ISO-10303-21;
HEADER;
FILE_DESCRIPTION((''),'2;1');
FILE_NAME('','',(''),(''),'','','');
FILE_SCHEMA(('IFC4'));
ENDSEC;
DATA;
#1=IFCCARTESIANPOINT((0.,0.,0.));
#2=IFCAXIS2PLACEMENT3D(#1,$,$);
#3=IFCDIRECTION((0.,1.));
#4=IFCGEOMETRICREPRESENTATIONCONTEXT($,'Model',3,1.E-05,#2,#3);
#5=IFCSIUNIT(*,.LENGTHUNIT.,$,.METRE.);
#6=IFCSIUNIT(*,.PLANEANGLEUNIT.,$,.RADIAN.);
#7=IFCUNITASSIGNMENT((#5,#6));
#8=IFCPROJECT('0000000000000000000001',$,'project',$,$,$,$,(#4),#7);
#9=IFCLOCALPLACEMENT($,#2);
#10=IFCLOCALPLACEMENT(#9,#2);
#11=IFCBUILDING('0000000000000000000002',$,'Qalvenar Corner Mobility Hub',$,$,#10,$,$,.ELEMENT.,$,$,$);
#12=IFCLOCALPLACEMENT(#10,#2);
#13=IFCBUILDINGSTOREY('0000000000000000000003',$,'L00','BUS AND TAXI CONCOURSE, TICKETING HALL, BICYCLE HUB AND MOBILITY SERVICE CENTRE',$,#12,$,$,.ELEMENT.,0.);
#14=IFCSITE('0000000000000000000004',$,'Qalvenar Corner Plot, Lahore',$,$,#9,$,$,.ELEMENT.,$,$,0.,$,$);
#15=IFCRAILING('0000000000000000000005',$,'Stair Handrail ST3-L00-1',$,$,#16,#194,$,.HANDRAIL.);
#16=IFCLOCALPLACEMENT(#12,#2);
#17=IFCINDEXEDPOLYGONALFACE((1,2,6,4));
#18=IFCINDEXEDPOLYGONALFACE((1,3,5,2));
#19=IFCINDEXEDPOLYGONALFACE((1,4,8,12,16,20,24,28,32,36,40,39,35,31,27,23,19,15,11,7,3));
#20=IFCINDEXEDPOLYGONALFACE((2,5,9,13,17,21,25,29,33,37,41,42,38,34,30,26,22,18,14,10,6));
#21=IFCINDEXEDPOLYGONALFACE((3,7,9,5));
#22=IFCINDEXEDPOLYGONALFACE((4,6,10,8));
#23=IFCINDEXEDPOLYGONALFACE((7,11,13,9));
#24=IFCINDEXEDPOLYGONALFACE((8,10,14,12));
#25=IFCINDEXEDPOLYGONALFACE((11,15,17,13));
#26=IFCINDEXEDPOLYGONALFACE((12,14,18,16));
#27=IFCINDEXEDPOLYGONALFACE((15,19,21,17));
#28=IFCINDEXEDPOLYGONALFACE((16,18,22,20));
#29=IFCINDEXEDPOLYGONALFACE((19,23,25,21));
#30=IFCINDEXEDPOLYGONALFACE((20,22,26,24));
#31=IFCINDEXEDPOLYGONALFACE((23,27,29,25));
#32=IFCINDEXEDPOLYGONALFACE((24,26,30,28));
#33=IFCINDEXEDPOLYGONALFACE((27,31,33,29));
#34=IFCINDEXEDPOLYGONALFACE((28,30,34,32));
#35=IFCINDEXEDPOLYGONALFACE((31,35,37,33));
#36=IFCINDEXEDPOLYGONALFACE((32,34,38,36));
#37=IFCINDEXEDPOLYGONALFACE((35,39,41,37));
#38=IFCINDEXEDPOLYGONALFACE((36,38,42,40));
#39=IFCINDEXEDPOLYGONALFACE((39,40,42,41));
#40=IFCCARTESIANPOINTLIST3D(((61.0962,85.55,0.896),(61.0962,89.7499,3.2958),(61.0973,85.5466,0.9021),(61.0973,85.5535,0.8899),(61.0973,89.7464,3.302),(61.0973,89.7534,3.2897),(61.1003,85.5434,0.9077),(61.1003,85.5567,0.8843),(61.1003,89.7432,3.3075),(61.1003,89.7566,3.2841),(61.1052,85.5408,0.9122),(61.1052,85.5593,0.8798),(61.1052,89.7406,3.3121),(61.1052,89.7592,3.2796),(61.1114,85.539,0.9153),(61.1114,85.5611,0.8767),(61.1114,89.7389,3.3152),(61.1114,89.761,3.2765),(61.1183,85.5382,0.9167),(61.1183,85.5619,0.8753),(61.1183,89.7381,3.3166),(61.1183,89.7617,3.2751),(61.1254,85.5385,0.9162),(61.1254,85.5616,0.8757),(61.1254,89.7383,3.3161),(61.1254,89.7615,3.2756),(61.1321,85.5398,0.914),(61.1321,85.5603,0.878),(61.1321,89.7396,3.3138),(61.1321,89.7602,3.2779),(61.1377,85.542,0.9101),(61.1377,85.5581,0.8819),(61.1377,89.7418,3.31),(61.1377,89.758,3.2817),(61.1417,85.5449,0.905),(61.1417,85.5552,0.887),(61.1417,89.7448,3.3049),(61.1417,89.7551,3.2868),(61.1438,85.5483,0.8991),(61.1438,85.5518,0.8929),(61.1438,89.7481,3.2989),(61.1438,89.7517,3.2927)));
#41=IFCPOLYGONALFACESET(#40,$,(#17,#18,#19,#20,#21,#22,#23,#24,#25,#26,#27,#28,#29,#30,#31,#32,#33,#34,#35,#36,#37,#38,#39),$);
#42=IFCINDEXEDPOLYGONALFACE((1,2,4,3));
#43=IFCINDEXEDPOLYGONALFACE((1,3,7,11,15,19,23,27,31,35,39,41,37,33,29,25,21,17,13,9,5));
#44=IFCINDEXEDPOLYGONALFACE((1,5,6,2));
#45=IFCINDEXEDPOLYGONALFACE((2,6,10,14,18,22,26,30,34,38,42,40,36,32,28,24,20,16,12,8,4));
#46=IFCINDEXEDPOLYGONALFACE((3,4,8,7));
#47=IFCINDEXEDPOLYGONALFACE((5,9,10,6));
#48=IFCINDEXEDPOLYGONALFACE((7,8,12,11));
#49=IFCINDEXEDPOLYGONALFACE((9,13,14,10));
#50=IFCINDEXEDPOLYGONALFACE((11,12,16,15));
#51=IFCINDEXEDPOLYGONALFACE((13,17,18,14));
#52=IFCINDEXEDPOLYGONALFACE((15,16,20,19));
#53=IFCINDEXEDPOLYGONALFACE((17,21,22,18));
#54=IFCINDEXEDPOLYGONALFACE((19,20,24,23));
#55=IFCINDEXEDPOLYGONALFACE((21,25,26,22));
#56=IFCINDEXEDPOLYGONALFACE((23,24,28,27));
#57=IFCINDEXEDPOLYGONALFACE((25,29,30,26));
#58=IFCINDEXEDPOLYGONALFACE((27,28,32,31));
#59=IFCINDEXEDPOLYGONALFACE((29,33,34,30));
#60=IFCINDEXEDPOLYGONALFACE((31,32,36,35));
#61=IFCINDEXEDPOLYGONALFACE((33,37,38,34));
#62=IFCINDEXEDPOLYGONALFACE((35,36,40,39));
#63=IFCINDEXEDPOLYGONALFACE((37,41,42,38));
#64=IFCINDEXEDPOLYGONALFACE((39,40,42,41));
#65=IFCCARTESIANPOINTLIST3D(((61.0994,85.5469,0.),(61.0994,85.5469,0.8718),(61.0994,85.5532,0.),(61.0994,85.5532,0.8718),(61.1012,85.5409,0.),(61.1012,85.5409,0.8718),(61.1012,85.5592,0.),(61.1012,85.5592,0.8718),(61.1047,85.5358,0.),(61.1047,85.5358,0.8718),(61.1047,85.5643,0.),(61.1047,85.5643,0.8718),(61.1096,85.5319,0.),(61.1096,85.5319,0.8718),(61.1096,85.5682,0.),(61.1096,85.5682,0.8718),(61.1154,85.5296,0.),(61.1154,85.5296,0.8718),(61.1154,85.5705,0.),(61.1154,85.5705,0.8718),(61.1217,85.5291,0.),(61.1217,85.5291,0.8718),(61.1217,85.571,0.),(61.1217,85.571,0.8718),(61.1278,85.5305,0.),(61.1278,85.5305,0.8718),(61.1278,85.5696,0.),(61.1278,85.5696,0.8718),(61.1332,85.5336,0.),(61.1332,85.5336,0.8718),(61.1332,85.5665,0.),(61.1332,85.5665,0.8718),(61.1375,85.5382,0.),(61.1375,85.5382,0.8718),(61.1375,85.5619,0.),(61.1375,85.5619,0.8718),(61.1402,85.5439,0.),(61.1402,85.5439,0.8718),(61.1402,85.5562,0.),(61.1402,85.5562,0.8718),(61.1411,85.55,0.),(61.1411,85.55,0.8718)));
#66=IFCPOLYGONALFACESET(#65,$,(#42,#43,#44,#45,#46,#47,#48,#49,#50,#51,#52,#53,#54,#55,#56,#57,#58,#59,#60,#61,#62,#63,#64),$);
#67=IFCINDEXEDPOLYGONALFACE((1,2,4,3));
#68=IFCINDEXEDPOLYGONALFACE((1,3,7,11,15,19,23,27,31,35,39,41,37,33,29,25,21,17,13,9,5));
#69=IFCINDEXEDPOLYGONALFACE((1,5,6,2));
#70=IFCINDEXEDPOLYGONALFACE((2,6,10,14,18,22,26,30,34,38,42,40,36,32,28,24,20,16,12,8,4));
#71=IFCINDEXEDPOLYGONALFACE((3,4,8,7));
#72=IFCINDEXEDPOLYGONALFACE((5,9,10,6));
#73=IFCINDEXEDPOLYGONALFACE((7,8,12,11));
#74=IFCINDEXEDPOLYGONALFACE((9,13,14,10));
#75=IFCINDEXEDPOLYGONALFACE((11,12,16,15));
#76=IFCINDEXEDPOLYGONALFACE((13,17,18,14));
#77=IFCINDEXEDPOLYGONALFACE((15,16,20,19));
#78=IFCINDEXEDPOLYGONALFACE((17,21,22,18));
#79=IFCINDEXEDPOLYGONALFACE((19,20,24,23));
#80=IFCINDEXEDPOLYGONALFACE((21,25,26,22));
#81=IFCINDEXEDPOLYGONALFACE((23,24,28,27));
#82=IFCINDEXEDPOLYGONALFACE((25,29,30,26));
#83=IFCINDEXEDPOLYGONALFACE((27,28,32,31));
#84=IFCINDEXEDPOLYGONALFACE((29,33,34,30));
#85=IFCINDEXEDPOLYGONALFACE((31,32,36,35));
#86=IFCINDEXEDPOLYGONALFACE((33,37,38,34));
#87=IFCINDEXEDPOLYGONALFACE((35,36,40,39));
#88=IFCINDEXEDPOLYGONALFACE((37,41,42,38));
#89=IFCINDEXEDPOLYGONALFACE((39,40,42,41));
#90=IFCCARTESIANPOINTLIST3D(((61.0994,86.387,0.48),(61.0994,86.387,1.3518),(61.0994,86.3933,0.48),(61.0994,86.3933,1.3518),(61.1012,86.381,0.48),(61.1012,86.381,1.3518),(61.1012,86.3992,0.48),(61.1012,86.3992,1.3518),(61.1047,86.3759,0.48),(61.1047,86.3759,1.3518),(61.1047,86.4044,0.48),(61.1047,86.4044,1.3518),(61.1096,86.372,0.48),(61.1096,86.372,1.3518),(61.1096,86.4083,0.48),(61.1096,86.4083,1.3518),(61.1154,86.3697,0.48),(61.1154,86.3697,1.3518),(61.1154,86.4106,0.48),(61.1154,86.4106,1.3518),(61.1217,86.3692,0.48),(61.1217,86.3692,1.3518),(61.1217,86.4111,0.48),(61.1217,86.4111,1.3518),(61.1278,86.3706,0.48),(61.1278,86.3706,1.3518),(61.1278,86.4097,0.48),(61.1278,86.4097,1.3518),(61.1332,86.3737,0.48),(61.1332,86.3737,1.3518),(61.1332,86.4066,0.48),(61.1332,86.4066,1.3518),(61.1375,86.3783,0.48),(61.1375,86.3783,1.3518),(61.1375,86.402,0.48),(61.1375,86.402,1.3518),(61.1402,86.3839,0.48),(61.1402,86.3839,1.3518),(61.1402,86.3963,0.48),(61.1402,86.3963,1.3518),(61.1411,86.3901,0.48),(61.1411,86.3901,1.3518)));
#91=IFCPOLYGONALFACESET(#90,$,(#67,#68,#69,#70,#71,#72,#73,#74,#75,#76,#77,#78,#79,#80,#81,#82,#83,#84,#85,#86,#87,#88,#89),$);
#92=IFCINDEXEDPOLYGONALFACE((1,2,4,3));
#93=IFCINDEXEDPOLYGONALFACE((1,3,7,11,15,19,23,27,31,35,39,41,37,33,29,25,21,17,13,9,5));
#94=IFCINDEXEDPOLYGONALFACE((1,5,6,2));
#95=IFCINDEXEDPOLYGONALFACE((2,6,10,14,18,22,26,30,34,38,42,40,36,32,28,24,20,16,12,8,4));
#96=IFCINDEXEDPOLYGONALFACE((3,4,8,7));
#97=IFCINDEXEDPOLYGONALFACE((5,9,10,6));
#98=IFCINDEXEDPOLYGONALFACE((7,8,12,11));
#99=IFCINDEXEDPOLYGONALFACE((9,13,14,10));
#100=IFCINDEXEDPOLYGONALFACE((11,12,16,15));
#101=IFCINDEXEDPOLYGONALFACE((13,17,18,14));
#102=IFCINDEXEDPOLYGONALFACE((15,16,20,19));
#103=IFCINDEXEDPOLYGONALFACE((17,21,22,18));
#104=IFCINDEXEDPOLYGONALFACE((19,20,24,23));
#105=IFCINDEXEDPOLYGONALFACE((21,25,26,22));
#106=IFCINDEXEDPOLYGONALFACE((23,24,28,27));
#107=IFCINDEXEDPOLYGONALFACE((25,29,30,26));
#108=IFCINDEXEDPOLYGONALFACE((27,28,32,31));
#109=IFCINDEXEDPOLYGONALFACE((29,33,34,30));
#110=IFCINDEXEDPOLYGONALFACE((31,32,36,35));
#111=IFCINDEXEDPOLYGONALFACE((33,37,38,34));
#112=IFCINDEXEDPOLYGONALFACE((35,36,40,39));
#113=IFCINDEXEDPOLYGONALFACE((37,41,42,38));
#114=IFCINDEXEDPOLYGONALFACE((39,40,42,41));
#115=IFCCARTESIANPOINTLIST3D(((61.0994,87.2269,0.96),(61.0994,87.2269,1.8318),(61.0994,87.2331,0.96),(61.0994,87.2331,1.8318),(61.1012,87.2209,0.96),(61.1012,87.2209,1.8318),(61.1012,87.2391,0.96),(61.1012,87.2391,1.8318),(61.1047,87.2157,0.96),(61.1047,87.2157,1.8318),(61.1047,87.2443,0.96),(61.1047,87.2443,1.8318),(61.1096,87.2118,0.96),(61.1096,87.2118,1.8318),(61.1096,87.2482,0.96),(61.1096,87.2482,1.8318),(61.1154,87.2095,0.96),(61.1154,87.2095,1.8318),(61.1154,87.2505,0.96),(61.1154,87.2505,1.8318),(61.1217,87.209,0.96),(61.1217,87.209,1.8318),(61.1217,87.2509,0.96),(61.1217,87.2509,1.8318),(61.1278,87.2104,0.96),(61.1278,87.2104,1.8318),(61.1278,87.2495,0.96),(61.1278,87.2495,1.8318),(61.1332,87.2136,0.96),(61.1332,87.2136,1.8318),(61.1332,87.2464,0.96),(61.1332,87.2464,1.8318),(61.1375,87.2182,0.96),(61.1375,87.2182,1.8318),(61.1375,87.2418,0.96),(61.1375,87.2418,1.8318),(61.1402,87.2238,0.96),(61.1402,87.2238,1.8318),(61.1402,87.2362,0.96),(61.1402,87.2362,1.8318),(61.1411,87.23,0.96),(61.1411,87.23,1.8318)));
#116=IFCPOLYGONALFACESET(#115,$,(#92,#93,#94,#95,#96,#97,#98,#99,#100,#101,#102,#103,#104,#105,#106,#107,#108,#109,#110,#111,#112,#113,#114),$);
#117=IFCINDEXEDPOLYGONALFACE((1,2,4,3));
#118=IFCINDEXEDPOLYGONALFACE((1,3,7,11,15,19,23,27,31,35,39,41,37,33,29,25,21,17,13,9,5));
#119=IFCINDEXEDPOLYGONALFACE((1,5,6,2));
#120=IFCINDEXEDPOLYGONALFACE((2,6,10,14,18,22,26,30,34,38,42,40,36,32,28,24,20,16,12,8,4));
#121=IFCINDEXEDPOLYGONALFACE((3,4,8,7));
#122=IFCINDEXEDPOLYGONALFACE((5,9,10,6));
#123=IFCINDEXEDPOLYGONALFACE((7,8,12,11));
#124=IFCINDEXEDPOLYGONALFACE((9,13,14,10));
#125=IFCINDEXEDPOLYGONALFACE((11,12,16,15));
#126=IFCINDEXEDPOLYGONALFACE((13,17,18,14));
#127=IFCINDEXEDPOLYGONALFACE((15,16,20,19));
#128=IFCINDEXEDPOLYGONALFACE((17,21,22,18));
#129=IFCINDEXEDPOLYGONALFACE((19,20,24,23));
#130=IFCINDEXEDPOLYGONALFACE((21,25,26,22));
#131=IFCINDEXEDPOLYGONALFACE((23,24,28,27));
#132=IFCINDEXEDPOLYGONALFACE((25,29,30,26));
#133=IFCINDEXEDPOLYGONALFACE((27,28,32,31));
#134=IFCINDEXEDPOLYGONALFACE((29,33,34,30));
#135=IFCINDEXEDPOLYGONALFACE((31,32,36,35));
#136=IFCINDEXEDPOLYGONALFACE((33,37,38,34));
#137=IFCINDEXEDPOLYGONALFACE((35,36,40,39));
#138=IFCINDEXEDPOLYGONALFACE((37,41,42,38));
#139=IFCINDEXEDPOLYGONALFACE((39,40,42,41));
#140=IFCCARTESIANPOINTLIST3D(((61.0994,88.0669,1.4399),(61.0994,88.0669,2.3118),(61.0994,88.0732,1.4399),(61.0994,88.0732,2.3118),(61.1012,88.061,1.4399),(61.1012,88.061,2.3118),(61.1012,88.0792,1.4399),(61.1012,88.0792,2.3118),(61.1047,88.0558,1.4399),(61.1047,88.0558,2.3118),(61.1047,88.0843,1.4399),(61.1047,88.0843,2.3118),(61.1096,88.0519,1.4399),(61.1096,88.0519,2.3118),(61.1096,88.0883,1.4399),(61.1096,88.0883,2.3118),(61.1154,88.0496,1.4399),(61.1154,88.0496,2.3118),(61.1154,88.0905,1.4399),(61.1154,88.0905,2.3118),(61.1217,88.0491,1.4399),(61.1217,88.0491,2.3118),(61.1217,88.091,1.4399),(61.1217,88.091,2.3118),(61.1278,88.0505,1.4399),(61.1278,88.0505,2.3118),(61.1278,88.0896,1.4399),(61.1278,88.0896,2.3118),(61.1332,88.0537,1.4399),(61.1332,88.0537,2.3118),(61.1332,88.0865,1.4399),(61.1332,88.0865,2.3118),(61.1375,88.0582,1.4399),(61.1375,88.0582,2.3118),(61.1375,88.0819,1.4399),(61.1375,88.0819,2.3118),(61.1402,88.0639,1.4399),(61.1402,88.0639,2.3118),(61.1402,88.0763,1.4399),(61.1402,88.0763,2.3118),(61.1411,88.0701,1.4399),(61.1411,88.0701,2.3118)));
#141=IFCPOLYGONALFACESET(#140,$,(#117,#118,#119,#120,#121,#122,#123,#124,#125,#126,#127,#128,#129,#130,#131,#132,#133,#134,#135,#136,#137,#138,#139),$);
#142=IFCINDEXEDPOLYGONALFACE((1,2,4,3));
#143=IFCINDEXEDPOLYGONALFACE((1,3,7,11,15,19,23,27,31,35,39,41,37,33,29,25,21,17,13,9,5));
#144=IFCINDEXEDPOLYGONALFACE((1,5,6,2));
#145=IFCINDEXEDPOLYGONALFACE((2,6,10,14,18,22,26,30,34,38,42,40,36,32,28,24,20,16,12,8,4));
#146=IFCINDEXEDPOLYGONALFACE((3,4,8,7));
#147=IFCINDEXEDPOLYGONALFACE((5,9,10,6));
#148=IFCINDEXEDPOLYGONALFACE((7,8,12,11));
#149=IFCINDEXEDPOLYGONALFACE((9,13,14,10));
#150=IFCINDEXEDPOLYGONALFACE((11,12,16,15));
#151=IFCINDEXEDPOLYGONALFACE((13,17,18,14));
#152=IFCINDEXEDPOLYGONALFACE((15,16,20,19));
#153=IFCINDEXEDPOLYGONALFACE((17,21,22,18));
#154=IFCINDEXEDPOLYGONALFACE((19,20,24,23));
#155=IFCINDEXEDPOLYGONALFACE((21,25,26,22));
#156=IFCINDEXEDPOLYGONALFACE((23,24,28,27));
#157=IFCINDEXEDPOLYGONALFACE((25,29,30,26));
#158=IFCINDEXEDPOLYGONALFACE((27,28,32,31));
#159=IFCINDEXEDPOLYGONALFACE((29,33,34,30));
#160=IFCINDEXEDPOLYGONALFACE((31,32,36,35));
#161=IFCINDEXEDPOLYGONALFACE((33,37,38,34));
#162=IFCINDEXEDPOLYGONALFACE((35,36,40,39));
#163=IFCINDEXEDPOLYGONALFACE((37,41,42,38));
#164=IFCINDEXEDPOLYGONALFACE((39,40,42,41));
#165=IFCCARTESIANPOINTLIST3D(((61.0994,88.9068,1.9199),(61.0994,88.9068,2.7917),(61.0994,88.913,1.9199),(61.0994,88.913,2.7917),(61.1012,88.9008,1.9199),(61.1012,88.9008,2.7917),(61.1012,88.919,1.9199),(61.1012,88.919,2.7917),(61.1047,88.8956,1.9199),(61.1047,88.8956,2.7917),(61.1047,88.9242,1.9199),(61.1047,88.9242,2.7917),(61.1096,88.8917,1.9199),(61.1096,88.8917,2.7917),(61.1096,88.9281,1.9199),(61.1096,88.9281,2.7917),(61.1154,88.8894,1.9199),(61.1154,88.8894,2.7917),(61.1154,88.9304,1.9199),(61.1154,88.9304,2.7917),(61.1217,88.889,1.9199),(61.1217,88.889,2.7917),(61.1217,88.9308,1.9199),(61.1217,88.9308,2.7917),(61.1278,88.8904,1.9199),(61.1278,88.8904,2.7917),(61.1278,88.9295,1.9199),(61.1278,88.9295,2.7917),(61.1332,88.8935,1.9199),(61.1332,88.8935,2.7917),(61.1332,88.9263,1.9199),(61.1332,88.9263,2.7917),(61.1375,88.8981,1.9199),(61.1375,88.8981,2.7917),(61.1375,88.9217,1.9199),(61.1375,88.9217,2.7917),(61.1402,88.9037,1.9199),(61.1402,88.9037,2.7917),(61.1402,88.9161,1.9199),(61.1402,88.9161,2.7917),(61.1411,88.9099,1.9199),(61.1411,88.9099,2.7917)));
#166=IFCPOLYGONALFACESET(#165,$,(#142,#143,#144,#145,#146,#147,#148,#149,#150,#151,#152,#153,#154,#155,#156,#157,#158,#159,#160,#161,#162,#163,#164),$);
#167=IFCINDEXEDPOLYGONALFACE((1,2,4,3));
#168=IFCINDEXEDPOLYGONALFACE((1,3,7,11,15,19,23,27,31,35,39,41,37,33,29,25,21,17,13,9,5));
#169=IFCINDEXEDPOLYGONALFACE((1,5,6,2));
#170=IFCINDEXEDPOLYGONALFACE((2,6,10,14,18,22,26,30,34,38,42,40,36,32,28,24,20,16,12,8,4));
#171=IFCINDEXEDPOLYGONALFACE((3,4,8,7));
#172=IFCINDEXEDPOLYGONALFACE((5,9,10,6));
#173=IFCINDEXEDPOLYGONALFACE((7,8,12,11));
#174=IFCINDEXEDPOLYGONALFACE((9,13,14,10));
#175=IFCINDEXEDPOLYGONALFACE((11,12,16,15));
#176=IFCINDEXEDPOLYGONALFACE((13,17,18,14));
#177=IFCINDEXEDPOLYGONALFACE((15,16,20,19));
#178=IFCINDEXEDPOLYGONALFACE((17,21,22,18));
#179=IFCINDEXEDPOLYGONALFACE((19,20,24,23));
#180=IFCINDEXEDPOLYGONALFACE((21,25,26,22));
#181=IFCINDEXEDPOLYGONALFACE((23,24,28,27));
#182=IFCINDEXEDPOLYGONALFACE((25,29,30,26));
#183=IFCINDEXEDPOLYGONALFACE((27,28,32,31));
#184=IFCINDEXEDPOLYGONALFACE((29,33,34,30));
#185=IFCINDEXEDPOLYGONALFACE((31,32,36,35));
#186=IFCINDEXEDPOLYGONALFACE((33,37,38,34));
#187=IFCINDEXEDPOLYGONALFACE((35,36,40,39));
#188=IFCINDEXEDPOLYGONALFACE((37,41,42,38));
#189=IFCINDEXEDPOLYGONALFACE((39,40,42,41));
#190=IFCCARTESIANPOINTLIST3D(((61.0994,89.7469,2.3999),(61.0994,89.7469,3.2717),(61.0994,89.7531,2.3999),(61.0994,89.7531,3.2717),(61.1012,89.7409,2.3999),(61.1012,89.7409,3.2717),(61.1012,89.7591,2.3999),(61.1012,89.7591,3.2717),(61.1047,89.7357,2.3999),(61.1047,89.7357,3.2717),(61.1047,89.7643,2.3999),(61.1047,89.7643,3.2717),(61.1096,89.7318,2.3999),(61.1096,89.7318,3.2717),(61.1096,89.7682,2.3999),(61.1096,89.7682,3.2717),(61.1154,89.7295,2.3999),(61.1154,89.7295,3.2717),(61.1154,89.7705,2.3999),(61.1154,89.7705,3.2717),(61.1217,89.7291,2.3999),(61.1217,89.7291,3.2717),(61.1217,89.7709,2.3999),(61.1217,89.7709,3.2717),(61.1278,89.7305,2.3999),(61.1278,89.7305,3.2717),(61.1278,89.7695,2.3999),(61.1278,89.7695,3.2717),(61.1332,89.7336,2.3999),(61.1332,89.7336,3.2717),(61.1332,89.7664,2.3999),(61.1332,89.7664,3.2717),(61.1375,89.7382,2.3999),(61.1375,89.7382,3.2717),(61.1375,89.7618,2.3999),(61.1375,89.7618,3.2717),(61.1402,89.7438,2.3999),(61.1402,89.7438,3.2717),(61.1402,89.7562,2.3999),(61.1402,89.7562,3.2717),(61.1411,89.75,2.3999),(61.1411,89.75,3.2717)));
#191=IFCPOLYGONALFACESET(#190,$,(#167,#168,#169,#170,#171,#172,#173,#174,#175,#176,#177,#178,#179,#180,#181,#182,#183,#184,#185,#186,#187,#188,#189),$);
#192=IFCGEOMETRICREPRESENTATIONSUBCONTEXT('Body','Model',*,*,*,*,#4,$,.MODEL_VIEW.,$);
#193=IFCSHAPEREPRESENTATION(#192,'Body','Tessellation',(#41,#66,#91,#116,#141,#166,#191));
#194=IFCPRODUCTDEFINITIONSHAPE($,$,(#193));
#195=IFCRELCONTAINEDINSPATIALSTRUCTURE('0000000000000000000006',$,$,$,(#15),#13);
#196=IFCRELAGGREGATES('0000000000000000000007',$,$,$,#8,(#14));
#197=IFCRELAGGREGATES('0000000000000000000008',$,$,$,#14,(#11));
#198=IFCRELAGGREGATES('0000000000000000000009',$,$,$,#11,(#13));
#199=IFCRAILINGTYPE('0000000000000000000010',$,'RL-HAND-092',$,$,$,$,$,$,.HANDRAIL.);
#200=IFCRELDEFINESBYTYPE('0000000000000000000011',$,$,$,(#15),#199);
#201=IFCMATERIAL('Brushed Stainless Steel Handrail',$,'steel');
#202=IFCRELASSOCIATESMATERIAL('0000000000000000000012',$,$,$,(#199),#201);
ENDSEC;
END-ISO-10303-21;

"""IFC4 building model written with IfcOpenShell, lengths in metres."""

from ifc_helpers import new_model, si_unit, direction, frame, origin, origin_2d, place, context, subcontext, project, spatial, circle, extrude, material, type_object, element, save


model = new_model("IFC4")

# Units and contexts
model_context = context("Model", 3, precision=1e-05, world=origin(), true_north=direction((0.0, 1.0)))
body_context = subcontext(model_context, "Body", "Model", "MODEL_VIEW")
ifc_project = project(units=[si_unit("LENGTHUNIT", "METRE"), si_unit("PLANEANGLEUNIT", "RADIAN")], contexts=[model_context])

# Site, building, storey
site_placement = place(None, origin())
site = spatial("IfcSite", under=ifc_project, at=site_placement, Name="Qalvenar Corner Plot, Lahore", CompositionType="ELEMENT", RefElevation=0.0)
building_placement = place(site_placement, origin())
building = spatial("IfcBuilding", under=site, at=building_placement, Name="Qalvenar Corner Mobility Hub", CompositionType="ELEMENT")
storey_placement = place(building_placement, origin())
storey = spatial("IfcBuildingStorey", under=building, at=storey_placement, Name="L00", Description="BUS AND TAXI CONCOURSE, TICKETING HALL, BICYCLE HUB AND MOBILITY SERVICE CENTRE", CompositionType="ELEMENT", Elevation=0.0)

# Railing
ifc_material_1 = material(Name="Brushed Stainless Steel Handrail", Category="steel")
railing_type_1 = type_object("IfcRailingType", Name="RL-HAND-092", PredefinedType="HANDRAIL", material=ifc_material_1)
railing_1_placement = place(storey_placement, frame((61.1201, 85.55, 0.0)))
element("IfcRailing", 1, at=railing_1_placement, inside=storey, type_object=railing_type_1, Name="Stair Handrail ST3-L00-1", PredefinedType="HANDRAIL", context=body_context, shape_type="SweptSolid", body=[
    extrude(circle(Radius=0.0239, at=origin_2d()), frame((0.0, 0.0, 0.896), z_axis=(0.0, 0.868249, 0.496128), x_axis=(-1.0, 0.0, 0.0)), (0.0, 0.0, 1.0), 4.8372),
    extrude(circle(Radius=0.021, at=origin_2d()), origin(), (0.0, 0.0, 1.0), 0.8718),
    extrude(circle(Radius=0.021, at=origin_2d()), frame((0.0, 0.8401, 0.48)), (0.0, 0.0, 1.0), 0.8718),
    extrude(circle(Radius=0.021, at=origin_2d()), frame((0.0, 1.6799, 0.96)), (0.0, 0.0, 1.0), 0.8718),
    extrude(circle(Radius=0.021, at=origin_2d()), frame((0.0, 2.52, 1.4399)), (0.0, 0.0, 1.0), 0.8718),
    extrude(circle(Radius=0.021, at=origin_2d()), frame((0.0, 3.3599, 1.9199)), (0.0, 0.0, 1.0), 0.8718),
    extrude(circle(Radius=0.021, at=origin_2d()), frame((0.0, 4.2, 2.3999)), (0.0, 0.0, 1.0), 0.8718),
])

save(model, "model.ifc")
